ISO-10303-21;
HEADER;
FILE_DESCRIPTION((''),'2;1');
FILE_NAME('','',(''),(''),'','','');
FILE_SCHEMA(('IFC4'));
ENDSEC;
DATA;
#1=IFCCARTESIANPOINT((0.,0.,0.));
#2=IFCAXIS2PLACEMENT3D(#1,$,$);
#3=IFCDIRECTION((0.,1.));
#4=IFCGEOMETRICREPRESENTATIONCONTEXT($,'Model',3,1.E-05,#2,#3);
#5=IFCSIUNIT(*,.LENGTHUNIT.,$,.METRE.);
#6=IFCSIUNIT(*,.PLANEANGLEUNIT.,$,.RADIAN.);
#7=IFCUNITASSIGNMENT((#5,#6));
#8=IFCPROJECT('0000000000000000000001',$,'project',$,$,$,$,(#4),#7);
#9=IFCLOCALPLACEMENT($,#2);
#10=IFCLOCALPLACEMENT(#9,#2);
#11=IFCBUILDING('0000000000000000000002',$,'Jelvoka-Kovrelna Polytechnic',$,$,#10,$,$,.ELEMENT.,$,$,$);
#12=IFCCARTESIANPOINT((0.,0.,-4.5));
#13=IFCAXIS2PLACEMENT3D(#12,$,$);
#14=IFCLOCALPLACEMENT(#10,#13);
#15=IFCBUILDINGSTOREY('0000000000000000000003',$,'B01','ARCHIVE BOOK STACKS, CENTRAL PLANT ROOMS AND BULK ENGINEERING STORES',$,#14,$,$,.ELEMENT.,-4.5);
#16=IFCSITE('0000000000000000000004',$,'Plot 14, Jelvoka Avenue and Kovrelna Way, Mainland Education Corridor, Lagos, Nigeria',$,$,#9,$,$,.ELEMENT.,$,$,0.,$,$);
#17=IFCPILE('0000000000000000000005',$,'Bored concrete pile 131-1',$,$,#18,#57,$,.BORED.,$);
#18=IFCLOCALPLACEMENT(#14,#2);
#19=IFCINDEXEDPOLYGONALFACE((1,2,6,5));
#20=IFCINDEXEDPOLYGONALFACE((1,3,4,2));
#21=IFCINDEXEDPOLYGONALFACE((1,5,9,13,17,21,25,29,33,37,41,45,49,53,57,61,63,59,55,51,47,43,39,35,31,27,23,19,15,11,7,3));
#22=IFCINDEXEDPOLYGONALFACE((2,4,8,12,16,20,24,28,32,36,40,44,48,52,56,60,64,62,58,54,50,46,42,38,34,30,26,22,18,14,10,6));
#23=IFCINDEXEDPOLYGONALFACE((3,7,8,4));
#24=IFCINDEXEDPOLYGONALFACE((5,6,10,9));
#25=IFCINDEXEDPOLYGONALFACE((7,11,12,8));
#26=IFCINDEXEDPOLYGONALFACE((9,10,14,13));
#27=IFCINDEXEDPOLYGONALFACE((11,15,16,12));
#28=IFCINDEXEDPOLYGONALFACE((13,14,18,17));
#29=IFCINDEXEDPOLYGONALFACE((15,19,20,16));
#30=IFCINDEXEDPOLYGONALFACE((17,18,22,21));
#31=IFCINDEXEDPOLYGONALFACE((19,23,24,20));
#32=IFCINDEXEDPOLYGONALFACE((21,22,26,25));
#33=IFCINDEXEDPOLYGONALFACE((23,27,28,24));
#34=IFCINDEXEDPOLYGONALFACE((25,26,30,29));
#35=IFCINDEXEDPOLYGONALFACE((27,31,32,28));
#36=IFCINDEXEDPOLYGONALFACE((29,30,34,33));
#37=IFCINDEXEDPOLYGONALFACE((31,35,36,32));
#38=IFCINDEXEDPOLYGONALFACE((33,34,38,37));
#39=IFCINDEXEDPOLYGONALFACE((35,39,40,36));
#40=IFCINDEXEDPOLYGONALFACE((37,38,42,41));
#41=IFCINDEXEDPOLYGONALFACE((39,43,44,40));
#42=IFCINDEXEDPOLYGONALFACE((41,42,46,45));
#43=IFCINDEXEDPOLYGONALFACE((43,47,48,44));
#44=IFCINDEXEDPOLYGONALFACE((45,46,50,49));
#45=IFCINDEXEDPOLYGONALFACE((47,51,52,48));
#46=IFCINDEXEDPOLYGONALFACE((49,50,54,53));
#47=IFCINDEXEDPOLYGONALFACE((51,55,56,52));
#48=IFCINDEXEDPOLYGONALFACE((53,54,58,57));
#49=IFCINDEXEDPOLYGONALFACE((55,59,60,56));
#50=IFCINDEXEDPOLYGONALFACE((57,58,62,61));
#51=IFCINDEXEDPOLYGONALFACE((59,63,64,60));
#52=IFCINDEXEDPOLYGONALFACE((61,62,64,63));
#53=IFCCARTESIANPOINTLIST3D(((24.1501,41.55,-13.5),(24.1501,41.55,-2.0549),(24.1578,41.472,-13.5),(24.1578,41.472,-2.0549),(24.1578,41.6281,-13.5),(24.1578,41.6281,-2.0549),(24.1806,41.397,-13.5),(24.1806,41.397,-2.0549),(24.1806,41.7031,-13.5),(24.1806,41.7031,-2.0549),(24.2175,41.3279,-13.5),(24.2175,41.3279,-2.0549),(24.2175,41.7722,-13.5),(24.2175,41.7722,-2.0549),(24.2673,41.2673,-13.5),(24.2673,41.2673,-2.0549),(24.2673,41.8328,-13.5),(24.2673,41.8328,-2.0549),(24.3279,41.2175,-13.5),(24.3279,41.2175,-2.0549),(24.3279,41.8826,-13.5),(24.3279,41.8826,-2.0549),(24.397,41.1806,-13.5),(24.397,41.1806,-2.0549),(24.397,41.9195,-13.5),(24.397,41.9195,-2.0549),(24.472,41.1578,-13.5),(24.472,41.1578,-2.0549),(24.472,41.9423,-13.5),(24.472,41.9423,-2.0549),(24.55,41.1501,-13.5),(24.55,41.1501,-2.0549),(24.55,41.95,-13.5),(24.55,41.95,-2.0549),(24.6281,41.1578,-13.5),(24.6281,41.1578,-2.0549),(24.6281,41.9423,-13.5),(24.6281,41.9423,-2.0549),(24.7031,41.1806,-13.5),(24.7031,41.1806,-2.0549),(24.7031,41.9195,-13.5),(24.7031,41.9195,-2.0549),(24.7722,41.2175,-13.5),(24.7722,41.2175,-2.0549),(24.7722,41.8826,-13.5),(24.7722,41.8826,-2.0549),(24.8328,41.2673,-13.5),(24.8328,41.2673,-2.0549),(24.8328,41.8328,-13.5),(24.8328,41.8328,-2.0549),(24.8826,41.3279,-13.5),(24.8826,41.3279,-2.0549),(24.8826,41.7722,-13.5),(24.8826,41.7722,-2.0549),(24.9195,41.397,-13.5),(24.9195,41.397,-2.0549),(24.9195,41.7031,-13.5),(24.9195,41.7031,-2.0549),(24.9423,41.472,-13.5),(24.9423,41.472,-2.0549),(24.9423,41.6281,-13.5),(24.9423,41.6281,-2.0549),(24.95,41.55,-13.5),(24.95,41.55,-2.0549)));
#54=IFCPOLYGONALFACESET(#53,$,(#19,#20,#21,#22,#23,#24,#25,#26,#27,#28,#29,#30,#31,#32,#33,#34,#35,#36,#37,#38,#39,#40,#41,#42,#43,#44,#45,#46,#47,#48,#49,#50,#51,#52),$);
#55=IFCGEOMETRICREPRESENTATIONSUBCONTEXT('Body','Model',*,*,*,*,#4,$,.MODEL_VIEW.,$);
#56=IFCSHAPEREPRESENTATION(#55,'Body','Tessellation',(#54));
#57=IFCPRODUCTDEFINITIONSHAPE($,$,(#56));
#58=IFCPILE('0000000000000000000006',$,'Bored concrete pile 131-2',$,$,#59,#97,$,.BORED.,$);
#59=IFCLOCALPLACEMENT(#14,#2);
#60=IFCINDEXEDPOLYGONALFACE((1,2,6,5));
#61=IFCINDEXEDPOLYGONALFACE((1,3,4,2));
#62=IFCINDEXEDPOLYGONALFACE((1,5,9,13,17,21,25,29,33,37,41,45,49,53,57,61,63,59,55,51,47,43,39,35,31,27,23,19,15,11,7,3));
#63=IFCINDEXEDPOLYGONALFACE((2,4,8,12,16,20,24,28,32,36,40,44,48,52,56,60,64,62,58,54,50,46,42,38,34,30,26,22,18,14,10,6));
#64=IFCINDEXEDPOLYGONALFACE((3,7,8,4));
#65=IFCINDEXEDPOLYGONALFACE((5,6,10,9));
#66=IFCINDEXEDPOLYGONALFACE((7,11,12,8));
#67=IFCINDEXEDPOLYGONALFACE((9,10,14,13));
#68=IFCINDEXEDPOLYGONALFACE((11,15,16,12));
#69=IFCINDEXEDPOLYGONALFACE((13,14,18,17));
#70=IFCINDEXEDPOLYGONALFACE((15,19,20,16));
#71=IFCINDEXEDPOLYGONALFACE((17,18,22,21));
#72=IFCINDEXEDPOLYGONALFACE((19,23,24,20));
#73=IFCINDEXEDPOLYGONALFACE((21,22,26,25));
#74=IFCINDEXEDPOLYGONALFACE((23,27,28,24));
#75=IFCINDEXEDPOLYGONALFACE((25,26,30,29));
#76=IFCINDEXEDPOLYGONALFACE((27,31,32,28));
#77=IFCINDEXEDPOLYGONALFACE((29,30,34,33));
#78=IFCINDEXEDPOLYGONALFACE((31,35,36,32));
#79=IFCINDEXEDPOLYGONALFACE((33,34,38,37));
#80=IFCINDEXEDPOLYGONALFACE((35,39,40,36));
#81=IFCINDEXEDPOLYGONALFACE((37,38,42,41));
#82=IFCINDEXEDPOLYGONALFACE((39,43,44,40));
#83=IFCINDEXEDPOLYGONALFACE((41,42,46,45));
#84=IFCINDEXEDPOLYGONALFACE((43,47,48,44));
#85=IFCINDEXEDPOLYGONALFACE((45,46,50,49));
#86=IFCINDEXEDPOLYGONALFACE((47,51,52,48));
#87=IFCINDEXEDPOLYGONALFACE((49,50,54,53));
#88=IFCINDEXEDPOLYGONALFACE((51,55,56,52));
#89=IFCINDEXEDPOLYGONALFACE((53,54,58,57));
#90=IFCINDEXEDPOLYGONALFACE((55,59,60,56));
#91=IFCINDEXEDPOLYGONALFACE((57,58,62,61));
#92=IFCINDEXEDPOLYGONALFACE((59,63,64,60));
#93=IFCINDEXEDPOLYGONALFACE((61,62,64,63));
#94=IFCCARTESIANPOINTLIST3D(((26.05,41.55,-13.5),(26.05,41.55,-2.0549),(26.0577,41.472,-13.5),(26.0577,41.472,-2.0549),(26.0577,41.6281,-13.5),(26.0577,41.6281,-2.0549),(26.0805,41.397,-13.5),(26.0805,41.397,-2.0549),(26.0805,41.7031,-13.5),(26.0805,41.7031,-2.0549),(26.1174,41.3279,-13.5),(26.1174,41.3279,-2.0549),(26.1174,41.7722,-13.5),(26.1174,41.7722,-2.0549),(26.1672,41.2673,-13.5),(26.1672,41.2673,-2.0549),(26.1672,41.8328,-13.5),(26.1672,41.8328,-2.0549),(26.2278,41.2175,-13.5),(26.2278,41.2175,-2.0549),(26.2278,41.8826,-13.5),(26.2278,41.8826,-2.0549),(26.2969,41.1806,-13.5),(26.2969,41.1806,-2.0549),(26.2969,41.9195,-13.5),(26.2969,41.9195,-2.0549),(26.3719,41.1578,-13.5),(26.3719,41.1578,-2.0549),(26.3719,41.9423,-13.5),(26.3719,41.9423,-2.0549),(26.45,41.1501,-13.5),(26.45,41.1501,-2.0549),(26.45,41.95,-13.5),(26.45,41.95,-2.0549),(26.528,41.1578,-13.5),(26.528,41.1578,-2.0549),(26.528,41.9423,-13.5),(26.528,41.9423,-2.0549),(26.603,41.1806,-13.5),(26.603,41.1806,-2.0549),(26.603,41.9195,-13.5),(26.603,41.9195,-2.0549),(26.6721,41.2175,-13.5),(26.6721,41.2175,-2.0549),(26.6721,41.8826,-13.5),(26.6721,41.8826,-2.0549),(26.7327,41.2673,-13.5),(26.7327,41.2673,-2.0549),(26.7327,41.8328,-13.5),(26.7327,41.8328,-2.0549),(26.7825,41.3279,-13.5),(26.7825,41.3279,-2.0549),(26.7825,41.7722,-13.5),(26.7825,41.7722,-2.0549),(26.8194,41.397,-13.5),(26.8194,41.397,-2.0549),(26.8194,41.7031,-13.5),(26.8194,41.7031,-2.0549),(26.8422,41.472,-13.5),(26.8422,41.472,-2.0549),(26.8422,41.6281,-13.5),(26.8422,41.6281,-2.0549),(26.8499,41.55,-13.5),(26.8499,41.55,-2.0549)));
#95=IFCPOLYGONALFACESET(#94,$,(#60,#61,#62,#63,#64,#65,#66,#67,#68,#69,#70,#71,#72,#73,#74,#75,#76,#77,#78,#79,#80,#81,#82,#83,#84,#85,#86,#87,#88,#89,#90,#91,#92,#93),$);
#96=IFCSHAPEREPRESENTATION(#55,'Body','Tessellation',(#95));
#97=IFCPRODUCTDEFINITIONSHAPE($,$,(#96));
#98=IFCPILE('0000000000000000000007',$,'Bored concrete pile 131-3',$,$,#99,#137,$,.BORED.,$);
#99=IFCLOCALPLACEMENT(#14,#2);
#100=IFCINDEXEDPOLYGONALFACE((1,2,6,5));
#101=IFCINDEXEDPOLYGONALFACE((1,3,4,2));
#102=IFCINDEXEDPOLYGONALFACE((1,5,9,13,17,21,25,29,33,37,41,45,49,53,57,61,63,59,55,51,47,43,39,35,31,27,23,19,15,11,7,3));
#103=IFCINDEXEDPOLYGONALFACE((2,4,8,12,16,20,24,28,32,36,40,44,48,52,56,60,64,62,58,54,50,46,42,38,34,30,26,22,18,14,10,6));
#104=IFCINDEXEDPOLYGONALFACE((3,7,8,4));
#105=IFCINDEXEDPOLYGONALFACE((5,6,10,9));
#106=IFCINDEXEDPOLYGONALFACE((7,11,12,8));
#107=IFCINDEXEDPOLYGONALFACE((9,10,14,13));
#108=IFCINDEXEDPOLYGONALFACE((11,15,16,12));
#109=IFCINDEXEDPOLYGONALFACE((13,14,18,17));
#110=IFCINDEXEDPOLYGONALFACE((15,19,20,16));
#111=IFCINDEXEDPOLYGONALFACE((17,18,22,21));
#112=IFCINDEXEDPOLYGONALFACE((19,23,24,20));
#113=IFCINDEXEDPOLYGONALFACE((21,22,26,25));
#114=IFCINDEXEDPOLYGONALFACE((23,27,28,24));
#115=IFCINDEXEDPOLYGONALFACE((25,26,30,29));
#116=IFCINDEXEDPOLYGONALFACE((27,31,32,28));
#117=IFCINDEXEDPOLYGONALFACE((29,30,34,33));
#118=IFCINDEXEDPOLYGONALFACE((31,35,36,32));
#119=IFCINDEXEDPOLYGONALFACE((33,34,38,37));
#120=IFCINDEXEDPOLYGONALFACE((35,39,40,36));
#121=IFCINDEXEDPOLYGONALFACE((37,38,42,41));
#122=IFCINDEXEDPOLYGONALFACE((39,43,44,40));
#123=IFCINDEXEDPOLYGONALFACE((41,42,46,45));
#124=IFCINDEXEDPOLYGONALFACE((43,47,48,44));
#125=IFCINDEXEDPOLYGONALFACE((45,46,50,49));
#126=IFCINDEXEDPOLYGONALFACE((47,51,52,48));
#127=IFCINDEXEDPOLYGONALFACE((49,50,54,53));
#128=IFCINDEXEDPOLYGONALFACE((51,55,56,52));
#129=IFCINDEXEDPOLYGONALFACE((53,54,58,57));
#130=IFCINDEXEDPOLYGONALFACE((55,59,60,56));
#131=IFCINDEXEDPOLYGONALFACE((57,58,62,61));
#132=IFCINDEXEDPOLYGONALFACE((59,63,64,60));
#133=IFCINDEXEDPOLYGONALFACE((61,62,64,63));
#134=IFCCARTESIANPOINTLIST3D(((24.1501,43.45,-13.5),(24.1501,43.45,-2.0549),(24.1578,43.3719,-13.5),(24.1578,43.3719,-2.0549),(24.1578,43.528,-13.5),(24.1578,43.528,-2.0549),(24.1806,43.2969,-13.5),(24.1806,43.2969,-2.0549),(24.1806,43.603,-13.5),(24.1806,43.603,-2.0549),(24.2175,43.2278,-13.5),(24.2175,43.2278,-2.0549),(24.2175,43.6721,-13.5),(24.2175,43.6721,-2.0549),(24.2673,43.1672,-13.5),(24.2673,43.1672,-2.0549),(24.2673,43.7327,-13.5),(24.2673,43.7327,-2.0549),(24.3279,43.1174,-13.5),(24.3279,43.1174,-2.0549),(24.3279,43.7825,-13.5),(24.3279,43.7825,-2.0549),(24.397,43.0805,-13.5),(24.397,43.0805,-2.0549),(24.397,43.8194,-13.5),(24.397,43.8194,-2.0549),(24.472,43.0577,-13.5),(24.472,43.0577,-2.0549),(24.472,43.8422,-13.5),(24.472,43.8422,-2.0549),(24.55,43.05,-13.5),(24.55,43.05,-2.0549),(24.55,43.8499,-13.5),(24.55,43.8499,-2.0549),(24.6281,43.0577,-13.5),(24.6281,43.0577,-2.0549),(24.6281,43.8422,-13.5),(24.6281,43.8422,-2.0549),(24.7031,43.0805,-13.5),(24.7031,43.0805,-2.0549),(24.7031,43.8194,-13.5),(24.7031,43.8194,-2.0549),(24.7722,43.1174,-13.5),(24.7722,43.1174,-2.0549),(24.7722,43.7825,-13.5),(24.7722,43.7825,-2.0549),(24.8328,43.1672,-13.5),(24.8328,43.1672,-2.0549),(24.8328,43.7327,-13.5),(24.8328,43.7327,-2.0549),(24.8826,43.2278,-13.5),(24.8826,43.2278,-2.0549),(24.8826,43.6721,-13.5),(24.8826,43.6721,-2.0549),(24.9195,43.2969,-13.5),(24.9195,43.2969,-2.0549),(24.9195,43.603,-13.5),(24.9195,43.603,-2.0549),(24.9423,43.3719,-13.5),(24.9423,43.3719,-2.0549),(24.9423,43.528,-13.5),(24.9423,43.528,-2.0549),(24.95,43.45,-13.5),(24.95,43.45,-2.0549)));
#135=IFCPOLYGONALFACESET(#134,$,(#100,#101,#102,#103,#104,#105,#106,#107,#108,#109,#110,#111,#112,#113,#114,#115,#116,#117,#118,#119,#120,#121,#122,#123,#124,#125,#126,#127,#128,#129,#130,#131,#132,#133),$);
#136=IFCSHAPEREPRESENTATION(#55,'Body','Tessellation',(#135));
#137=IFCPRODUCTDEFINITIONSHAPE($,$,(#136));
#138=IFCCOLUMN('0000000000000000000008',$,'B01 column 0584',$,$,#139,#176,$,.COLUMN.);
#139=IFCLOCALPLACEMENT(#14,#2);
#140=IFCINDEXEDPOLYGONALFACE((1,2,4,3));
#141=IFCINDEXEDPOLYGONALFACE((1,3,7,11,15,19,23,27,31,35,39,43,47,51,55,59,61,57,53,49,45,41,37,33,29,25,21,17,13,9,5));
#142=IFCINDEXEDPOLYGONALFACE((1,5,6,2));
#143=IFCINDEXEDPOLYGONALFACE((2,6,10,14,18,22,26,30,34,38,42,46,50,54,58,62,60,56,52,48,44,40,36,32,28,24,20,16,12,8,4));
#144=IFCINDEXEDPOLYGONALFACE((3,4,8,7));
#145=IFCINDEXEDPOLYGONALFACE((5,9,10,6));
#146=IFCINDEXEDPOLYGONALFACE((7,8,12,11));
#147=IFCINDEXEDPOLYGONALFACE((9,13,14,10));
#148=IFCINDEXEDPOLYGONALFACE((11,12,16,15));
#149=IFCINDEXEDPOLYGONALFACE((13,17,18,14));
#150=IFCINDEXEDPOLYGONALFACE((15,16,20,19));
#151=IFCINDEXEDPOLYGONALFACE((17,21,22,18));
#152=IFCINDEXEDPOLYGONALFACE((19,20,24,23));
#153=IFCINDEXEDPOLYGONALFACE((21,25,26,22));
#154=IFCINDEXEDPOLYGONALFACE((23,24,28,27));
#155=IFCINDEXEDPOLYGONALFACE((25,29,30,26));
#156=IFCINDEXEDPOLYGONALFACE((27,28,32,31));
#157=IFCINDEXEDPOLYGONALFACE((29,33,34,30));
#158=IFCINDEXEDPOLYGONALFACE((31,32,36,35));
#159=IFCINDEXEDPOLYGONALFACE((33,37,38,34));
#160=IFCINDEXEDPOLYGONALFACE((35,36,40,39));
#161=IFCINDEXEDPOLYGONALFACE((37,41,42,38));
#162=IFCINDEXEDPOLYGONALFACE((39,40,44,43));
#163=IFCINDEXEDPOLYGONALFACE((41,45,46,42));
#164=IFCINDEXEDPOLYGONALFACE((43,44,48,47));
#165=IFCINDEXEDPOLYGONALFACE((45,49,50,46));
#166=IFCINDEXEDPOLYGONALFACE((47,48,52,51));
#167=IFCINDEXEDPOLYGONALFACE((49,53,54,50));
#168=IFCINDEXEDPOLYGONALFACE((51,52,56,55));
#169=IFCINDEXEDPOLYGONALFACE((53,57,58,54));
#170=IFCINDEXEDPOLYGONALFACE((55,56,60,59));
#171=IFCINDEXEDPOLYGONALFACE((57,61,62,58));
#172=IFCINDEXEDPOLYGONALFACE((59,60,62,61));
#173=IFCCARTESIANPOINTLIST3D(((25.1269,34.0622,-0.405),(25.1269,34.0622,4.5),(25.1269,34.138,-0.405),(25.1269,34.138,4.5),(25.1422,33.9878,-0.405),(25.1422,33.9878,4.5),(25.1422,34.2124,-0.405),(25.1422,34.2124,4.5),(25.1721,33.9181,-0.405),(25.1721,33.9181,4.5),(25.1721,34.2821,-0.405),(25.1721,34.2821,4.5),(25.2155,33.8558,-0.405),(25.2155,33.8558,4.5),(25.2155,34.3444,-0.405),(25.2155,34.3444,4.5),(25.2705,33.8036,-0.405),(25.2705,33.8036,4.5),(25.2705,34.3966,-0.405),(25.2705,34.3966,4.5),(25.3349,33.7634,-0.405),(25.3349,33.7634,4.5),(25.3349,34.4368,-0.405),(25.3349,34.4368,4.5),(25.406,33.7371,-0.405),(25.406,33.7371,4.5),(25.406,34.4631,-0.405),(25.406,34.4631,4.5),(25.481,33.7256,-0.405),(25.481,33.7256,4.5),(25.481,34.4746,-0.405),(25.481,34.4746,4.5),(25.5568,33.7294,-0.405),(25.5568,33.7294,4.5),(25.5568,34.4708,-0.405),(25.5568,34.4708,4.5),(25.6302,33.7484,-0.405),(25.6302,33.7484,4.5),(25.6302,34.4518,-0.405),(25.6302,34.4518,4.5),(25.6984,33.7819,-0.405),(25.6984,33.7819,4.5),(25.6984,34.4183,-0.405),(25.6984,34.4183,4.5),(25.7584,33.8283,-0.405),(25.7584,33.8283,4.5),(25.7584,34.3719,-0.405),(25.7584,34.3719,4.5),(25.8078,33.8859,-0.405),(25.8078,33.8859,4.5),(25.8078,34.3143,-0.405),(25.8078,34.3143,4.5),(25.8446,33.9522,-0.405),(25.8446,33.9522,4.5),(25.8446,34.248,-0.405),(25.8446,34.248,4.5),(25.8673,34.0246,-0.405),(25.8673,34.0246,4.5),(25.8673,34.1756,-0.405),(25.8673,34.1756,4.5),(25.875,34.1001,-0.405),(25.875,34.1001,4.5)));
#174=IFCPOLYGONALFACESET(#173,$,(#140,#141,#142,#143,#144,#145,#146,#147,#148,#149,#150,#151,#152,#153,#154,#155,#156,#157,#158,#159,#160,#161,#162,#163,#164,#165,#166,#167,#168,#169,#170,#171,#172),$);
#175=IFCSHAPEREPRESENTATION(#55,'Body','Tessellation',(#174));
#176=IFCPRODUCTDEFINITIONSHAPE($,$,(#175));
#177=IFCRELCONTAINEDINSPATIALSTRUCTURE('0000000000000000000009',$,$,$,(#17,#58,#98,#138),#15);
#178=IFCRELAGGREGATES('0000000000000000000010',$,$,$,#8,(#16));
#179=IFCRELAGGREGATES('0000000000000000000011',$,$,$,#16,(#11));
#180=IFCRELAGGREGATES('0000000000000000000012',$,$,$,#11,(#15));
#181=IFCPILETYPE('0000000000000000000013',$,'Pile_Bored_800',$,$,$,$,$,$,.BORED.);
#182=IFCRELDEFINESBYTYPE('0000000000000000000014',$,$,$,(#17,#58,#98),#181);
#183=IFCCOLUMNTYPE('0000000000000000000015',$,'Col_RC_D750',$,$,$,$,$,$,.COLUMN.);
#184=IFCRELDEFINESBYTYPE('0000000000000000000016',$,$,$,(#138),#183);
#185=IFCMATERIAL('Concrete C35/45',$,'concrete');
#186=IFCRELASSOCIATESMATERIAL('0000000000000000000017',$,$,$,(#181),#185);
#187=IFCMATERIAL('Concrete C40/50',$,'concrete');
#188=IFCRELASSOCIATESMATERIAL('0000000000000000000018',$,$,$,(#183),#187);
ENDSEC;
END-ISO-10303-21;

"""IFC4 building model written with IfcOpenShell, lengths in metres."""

from ifc_helpers import new_model, si_unit, direction, frame, origin, origin_2d, place, context, subcontext, project, spatial, circle, extrude, material, material_profile, profile_set, type_object, element, save


model = new_model("IFC4")

# Units and contexts
model_context = context("Model", 3, precision=1e-05, world=origin(), true_north=direction((0.0, 1.0)))
body_context = subcontext(model_context, "Body", "Model", "MODEL_VIEW")
ifc_project = project(units=[si_unit("LENGTHUNIT", "METRE"), si_unit("PLANEANGLEUNIT", "RADIAN")], contexts=[model_context])

# Site, building, storey
site_placement = place(None, origin())
site = spatial("IfcSite", under=ifc_project, at=site_placement, Name="Plot 14, Jelvoka Avenue and Kovrelna Way, Mainland Education Corridor, Lagos, Nigeria", CompositionType="ELEMENT", RefElevation=0.0)
building_placement = place(site_placement, origin())
building = spatial("IfcBuilding", under=site, at=building_placement, Name="Jelvoka-Kovrelna Polytechnic", CompositionType="ELEMENT")
storey_placement = place(building_placement, frame((0.0, 0.0, -4.5)))
storey = spatial("IfcBuildingStorey", under=building, at=storey_placement, Name="B01", Description="ARCHIVE BOOK STACKS, CENTRAL PLANT ROOMS AND BULK ENGINEERING STORES", CompositionType="ELEMENT", Elevation=-4.5)

# Piles
ifc_material_1 = material(Name="Concrete C35/45", Category="concrete")
ifc_material_profile_1 = material_profile(ifc_material_1, circle(Radius=0.3999, at=origin_2d()), Name="PILE D800")
ifc_profile_set_1 = profile_set([ifc_material_profile_1], Name="Concrete C35/45")
pile_type = type_object("IfcPileType", Name="Pile_Bored_800", PredefinedType="BORED", material=ifc_profile_set_1)
for number, where, z_axis, x_axis, name in (
    (1, (24.55, 41.55, -2.0549), (0.0, 0.0, -1.0), (1.0, 0.0, 0.0), "Bored concrete pile 131-1"),
    (2, (26.45, 41.55, -2.0549), (0.0, 0.0, -1.0), (1.0, 0.0, 0.0), "Bored concrete pile 131-2"),
    (3, (24.55, 43.45, -2.0549), (0.0, 0.0, -1.0), (1.0, 0.0, 0.0), "Bored concrete pile 131-3"),
):
    element("IfcPile", number, at=place(storey_placement, frame(where, z_axis=z_axis, x_axis=x_axis)), inside=storey, type_object=pile_type, Name=name, PredefinedType="BORED", context=body_context, shape_type="SweptSolid", body=[
        extrude(circle(Radius=0.3999, at=origin_2d()), origin(), (0.0, 0.0, 1.0), 11.4451),
    ])

# Column
ifc_material_2 = material(Name="Concrete C40/50", Category="concrete")
ifc_material_profile_2 = material_profile(ifc_material_2, circle(Radius=0.375, at=origin_2d()), Name="RC D750")
ifc_profile_set_2 = profile_set([ifc_material_profile_2], Name="Concrete C40/50")
column_type = type_object("IfcColumnType", Name="Col_RC_D750", PredefinedType="COLUMN", material=ifc_profile_set_2)
for number, where, z_axis, x_axis, name in (
    (4, (25.5, 34.1001, -0.405), (0.0, 0.0, 1.0), (1.0, 0.0, 0.0), "B01 column 0584"),
):
    element("IfcColumn", number, at=place(storey_placement, frame(where, z_axis=z_axis, x_axis=x_axis)), inside=storey, type_object=column_type, Name=name, PredefinedType="COLUMN", context=body_context, shape_type="SweptSolid", body=[
        extrude(circle(Radius=0.375, at=origin_2d()), origin(), (0.0, 0.0, 1.0), 4.905),
    ])

save(model, "model.ifc")
